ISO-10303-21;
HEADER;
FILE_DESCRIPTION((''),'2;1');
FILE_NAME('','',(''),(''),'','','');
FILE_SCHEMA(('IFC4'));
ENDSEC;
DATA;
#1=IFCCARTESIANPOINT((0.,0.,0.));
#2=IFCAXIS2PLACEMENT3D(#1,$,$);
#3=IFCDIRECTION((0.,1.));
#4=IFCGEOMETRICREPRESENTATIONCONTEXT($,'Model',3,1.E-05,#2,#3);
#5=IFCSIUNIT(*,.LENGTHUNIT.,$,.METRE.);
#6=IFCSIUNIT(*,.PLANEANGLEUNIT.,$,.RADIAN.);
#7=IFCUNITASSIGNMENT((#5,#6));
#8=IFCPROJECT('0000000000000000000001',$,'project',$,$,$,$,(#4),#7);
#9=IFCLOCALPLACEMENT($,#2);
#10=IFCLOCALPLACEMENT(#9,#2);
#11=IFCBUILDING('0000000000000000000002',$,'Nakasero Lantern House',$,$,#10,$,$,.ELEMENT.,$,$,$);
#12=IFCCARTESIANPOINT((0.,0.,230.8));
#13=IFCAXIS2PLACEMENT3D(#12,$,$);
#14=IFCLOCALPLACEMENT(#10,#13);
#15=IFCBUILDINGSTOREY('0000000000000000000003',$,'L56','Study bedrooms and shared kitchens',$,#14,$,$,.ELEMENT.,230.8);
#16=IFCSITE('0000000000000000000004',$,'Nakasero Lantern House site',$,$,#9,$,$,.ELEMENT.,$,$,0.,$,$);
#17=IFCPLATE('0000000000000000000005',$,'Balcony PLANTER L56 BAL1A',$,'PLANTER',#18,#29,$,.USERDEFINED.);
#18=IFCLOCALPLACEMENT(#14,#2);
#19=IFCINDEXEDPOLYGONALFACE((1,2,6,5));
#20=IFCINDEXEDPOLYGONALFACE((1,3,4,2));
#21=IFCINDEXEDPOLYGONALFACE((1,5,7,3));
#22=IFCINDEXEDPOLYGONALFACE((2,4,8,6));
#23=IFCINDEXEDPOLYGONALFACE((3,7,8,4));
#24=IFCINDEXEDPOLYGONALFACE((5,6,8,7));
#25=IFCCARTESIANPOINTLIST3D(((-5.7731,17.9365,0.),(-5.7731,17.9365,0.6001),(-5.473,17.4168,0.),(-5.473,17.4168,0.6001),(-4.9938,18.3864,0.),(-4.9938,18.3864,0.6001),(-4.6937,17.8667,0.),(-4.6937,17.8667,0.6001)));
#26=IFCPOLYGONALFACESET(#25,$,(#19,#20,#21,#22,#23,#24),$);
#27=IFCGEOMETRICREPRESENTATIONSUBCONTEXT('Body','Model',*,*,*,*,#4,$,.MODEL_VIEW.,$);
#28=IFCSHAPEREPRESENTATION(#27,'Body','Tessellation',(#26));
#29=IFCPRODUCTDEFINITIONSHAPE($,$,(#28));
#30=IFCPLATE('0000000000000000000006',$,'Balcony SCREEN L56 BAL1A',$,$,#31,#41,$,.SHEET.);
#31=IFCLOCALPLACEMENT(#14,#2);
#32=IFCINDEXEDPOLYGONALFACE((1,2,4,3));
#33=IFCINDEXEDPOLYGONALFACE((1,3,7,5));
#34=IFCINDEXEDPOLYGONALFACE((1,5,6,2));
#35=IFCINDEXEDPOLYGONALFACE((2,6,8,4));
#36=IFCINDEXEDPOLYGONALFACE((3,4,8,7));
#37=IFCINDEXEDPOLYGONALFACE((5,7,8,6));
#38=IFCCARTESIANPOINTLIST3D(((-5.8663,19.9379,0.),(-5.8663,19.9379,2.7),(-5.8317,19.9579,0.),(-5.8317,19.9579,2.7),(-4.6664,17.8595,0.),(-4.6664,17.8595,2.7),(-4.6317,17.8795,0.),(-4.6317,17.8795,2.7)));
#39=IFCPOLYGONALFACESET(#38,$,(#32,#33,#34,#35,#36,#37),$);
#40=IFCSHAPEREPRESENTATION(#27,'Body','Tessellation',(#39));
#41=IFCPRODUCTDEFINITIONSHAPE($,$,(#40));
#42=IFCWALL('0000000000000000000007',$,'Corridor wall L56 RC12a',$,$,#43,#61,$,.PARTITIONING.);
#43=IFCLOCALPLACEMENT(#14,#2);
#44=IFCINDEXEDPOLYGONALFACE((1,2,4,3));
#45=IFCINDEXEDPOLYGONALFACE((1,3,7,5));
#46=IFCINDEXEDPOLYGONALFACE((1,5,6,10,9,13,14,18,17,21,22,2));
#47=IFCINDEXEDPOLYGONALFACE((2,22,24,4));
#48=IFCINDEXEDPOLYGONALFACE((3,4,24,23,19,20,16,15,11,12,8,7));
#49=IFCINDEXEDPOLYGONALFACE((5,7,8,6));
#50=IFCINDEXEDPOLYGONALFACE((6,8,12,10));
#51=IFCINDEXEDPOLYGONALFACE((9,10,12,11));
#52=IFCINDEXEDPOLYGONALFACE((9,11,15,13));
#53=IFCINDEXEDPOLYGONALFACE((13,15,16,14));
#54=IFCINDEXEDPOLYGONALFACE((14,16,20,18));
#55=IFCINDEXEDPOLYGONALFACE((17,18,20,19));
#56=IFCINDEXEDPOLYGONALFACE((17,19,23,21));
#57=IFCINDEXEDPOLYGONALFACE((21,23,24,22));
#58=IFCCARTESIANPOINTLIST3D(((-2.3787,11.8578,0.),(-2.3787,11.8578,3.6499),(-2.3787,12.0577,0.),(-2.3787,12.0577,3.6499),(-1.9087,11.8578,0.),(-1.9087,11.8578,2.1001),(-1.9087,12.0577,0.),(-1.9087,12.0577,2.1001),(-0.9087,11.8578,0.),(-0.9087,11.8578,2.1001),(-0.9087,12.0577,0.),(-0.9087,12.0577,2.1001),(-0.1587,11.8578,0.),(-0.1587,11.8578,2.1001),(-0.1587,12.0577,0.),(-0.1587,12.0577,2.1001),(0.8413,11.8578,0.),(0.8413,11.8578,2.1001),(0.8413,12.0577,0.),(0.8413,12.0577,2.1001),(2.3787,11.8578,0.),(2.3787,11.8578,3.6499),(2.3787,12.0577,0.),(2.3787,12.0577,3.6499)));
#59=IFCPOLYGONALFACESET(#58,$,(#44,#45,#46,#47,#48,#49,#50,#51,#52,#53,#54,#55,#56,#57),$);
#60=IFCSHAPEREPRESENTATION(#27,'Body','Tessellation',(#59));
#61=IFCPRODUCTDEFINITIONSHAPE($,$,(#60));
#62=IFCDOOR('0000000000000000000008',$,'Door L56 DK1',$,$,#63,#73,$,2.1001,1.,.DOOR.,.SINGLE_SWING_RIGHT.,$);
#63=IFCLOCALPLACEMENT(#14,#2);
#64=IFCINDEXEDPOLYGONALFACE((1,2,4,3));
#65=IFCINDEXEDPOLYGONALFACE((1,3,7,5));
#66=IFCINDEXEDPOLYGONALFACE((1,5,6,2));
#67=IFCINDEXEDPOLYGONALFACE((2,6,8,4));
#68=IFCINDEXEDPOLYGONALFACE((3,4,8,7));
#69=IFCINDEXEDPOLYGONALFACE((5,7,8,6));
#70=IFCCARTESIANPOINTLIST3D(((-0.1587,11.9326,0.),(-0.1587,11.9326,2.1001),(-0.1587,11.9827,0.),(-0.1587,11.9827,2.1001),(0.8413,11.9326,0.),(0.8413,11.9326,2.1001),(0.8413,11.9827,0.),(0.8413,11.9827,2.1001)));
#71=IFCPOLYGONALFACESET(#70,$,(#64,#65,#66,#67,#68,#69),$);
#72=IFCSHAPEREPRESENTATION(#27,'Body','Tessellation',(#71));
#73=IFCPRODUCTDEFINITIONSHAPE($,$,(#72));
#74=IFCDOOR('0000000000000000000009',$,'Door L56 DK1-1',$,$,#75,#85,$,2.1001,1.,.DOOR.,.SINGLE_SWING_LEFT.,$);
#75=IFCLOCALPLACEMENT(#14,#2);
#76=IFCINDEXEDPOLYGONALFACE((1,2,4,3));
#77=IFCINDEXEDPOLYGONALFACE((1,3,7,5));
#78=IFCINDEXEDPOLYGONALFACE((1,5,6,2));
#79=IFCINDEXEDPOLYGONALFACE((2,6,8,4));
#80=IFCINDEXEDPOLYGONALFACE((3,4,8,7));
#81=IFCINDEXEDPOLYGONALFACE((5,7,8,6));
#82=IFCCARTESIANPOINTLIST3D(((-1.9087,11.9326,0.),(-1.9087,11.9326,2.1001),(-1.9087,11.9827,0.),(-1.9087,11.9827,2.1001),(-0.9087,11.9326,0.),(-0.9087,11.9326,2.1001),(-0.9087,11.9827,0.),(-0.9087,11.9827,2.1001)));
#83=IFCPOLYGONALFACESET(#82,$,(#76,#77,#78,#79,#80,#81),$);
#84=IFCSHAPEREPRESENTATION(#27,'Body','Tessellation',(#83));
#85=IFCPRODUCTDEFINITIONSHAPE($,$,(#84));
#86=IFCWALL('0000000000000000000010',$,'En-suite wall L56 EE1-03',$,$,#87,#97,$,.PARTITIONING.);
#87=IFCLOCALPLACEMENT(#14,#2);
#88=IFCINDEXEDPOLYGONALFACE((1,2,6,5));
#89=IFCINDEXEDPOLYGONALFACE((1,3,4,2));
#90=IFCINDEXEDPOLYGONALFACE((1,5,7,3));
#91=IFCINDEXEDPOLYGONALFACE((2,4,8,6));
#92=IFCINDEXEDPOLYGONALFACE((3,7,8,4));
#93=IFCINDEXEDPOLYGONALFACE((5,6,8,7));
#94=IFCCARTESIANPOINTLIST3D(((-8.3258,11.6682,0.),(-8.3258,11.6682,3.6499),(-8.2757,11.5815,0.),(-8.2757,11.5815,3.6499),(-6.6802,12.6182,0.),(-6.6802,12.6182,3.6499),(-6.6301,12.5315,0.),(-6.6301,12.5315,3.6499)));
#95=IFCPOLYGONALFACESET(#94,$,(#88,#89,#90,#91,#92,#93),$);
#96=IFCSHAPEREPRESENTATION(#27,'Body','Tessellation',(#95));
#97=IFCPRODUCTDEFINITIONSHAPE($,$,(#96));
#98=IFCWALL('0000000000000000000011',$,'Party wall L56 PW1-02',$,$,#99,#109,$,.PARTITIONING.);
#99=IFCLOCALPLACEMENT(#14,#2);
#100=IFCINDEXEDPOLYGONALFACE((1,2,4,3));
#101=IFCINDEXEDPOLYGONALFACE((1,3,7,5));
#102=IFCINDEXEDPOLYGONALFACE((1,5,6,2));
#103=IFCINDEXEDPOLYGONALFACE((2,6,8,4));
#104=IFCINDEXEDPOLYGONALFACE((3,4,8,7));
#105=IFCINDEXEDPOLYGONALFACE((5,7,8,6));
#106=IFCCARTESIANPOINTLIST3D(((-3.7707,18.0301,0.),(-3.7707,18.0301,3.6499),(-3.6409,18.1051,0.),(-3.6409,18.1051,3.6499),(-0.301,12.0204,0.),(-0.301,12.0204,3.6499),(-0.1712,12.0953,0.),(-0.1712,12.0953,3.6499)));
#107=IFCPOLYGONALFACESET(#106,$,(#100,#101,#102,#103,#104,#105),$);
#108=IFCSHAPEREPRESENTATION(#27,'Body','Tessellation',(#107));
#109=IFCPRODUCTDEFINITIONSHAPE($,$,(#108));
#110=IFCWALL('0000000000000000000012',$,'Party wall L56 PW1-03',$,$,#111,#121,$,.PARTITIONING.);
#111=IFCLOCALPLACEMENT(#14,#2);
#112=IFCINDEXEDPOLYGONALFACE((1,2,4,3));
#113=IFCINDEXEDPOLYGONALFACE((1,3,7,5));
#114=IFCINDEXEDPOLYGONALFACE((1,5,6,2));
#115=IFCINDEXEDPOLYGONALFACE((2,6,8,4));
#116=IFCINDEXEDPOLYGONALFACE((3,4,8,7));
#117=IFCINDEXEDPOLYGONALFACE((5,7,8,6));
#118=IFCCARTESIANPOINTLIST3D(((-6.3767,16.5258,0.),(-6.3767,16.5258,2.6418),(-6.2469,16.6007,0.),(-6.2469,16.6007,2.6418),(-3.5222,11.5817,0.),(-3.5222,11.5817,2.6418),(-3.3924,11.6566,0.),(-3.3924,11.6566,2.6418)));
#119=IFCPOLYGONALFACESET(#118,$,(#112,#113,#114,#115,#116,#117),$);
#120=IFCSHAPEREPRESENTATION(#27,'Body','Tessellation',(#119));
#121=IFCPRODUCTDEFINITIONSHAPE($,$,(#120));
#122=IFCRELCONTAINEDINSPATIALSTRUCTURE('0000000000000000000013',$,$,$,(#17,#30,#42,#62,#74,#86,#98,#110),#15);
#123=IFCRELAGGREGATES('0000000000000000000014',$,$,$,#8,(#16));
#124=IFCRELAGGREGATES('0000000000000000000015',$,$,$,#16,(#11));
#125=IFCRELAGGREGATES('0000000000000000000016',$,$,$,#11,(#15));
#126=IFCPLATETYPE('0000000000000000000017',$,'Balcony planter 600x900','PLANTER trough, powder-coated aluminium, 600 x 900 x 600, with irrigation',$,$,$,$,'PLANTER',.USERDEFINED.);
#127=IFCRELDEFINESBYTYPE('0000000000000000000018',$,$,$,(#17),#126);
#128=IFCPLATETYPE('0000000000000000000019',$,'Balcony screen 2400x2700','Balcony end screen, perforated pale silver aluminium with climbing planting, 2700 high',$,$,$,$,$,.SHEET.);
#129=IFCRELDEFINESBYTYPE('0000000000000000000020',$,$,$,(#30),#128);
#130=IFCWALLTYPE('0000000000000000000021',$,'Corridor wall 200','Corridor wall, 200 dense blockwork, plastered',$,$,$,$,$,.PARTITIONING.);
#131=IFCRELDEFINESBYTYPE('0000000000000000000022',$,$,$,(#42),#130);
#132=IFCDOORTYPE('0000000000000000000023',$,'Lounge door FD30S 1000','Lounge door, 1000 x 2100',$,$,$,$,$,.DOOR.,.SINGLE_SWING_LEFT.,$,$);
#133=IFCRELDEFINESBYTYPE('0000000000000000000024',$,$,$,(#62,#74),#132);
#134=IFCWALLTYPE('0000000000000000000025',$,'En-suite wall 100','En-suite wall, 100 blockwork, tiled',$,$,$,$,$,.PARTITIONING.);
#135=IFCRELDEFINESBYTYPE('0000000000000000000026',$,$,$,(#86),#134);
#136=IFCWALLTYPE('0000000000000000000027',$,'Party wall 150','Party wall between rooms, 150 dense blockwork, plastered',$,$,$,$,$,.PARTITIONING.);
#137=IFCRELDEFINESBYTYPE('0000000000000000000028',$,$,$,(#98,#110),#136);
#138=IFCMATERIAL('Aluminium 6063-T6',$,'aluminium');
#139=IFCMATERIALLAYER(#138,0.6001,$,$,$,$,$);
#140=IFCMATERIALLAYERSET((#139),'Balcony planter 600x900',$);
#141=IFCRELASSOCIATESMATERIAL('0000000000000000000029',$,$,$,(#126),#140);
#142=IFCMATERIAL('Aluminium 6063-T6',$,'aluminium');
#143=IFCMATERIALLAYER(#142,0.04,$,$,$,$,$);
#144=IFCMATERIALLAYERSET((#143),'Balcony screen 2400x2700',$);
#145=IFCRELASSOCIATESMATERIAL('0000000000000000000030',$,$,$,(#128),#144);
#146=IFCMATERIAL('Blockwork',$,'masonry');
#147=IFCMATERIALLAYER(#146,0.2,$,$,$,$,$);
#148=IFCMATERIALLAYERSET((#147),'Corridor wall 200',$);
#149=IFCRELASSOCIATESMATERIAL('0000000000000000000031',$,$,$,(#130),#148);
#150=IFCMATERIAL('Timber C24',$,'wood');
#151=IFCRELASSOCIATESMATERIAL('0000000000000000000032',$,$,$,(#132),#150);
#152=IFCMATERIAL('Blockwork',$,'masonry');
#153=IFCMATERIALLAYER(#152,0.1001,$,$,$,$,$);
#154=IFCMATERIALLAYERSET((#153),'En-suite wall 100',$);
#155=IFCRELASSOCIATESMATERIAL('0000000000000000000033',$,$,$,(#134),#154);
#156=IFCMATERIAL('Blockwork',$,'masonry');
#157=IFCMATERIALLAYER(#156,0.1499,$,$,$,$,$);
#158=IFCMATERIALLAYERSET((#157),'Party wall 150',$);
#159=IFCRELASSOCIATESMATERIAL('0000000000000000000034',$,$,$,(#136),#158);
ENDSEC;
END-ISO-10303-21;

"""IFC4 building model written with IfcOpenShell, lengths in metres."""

from ifc_helpers import new_model, si_unit, direction, frame, frame_2d, origin, origin_2d, place, context, subcontext, project, spatial, rectangle, extrude, material, layer, layer_set, type_object, element, fill, save


model = new_model("IFC4")

# Units and contexts
model_context = context("Model", 3, precision=1e-05, world=origin(), true_north=direction((0.0, 1.0)))
body_context = subcontext(model_context, "Body", "Model", "MODEL_VIEW")
ifc_project = project(units=[si_unit("LENGTHUNIT", "METRE"), si_unit("PLANEANGLEUNIT", "RADIAN")], contexts=[model_context])

# Site, building, storey
site_placement = place(None, origin())
site = spatial("IfcSite", under=ifc_project, at=site_placement, Name="Nakasero Lantern House site", CompositionType="ELEMENT", RefElevation=0.0)
building_placement = place(site_placement, origin())
building = spatial("IfcBuilding", under=site, at=building_placement, Name="Nakasero Lantern House", CompositionType="ELEMENT")
storey_placement = place(building_placement, frame((0.0, 0.0, 230.8)))
storey = spatial("IfcBuildingStorey", under=building, at=storey_placement, Name="L56", Description="Study bedrooms and shared kitchens", CompositionType="ELEMENT", Elevation=230.8)

# Plates
ifc_material_1 = material(Name="Aluminium 6063-T6", Category="aluminium")
ifc_layer_1 = layer(ifc_material_1, 0.6001)
ifc_layer_set_1 = layer_set([ifc_layer_1], Name="Balcony planter 600x900")
plate_type_1 = type_object("IfcPlateType", Name="Balcony planter 600x900", Description="PLANTER trough, powder-coated aluminium, 600 x 900 x 600, with irrigation", ElementType="PLANTER", PredefinedType="USERDEFINED", material=ifc_layer_set_1)
plate_1_placement = place(storey_placement, frame((-5.2334, 17.9016, 0.0), z_axis=(0.0, 0.0, 1.0), x_axis=(-0.5, 0.866025, 0.0)))
element("IfcPlate", 1, at=plate_1_placement, inside=storey, type_object=plate_type_1, Name="Balcony PLANTER L56 BAL1A", ObjectType="PLANTER", PredefinedType="USERDEFINED", context=body_context, shape_type="SweptSolid", body=[
    extrude(rectangle(XDim=0.6001, YDim=0.8999, at=origin_2d()), origin(), (0.0, 0.0, 1.0), 0.6001),
])
ifc_material_2 = material(Name="Aluminium 6063-T6", Category="aluminium")
ifc_layer_2 = layer(ifc_material_2, 0.04)
ifc_layer_set_2 = layer_set([ifc_layer_2], Name="Balcony screen 2400x2700")
plate_type_2 = type_object("IfcPlateType", Name="Balcony screen 2400x2700", Description="Balcony end screen, perforated pale silver aluminium with climbing planting, 2700 high", PredefinedType="SHEET", material=ifc_layer_set_2)
plate_2_placement = place(storey_placement, frame((-5.249, 18.9087, 0.0), z_axis=(0.0, 0.0, 1.0), x_axis=(-0.5, 0.866025, 0.0)))
element("IfcPlate", 2, at=plate_2_placement, inside=storey, type_object=plate_type_2, Name="Balcony SCREEN L56 BAL1A", PredefinedType="SHEET", context=body_context, shape_type="SweptSolid", body=[
    extrude(rectangle(XDim=2.3999, YDim=0.04, at=origin_2d()), origin(), (0.0, 0.0, 1.0), 2.7),
])

# Wall, openings, doors
ifc_material_3 = material(Name="Blockwork", Category="masonry")
ifc_layer_3 = layer(ifc_material_3, 0.2)
ifc_layer_set_3 = layer_set([ifc_layer_3], Name="Corridor wall 200")
wall_type_1 = type_object("IfcWallType", Name="Corridor wall 200", Description="Corridor wall, 200 dense blockwork, plastered", PredefinedType="PARTITIONING", material=ifc_layer_set_3)
wall_1_placement = place(storey_placement, frame((-2.3787, 11.9578, 0.0), z_axis=(0.0, 0.0, 1.0), x_axis=(1.0, 0.0, 0.0)))
wall_1 = element("IfcWall", 3, at=wall_1_placement, inside=storey, type_object=wall_type_1, Name="Corridor wall L56 RC12a", PredefinedType="PARTITIONING", context=body_context, shape_type="SweptSolid", body=[
    extrude(rectangle(XDim=4.7573, YDim=0.2, at=frame_2d((2.3787, 0.0))), origin(), (0.0, 0.0, 1.0), 3.6499),
])
opening_1_placement = place(wall_1_placement, frame((2.22, 0.0, 0.0)))
opening_1 = element("IfcOpeningElement", 4, at=opening_1_placement, cuts=wall_1, PredefinedType="OPENING", context=body_context, shape_type="SweptSolid", body=[
    extrude(rectangle(XDim=1.0, YDim=2.1001, at=frame_2d((0.5, 1.05))), frame((0.0, 0.1199, 0.0), z_axis=(0.0, -1.0, 0.0), x_axis=(1.0, 0.0, 0.0)), (0.0, 0.0, 1.0), 0.24),
])
opening_2_placement = place(wall_1_placement, frame((0.47, 0.0, 0.0)))
opening_2 = element("IfcOpeningElement", 5, at=opening_2_placement, cuts=wall_1, PredefinedType="OPENING", context=body_context, shape_type="SweptSolid", body=[
    extrude(rectangle(XDim=1.0, YDim=2.1001, at=frame_2d((0.5, 1.05))), frame((0.0, 0.1199, 0.0), z_axis=(0.0, -1.0, 0.0), x_axis=(1.0, 0.0, 0.0)), (0.0, 0.0, 1.0), 0.24),
])
ifc_material_4 = material(Name="Timber C24", Category="wood")
door_type = type_object("IfcDoorType", Name="Lounge door FD30S 1000", Description="Lounge door, 1000 x 2100", OperationType="SINGLE_SWING_LEFT", PredefinedType="DOOR", material=ifc_material_4)
door_1_placement = place(opening_1_placement, origin())
door_1 = element("IfcDoor", 6, at=door_1_placement, inside=storey, type_object=door_type, Name="Door L56 DK1", OperationType="SINGLE_SWING_RIGHT", OverallHeight=2.1001, OverallWidth=1.0, PredefinedType="DOOR", context=body_context, shape_type="SweptSolid", body=[
    extrude(rectangle(XDim=1.0, YDim=2.1001, at=frame_2d((0.5, 1.05))), frame((0.0, 0.0249, 0.0), z_axis=(0.0, -1.0, 0.0), x_axis=(1.0, 0.0, 0.0)), (0.0, 0.0, 1.0), 0.05),
])
fill(opening_1, door_1)
door_2_placement = place(opening_2_placement, origin())
door_2 = element("IfcDoor", 7, at=door_2_placement, inside=storey, type_object=door_type, Name="Door L56 DK1-1", OperationType="SINGLE_SWING_LEFT", OverallHeight=2.1001, OverallWidth=1.0, PredefinedType="DOOR", context=body_context, shape_type="SweptSolid", body=[
    extrude(rectangle(XDim=1.0, YDim=2.1001, at=frame_2d((0.5, 1.05))), frame((0.0, 0.0249, 0.0), z_axis=(0.0, -1.0, 0.0), x_axis=(1.0, 0.0, 0.0)), (0.0, 0.0, 1.0), 0.05),
])
fill(opening_2, door_2)

# Walls
ifc_material_5 = material(Name="Blockwork", Category="masonry")
ifc_layer_4 = layer(ifc_material_5, 0.1001)
ifc_layer_set_4 = layer_set([ifc_layer_4], Name="En-suite wall 100")
wall_type_2 = type_object("IfcWallType", Name="En-suite wall 100", Description="En-suite wall, 100 blockwork, tiled", PredefinedType="PARTITIONING", material=ifc_layer_set_4)
wall_2_placement = place(storey_placement, frame((-6.655, 12.575, 0.0), z_axis=(0.0, 0.0, 1.0), x_axis=(-0.866044, -0.499967, 0.0)))
element("IfcWall", 8, at=wall_2_placement, inside=storey, type_object=wall_type_2, Name="En-suite wall L56 EE1-03", PredefinedType="PARTITIONING", context=body_context, shape_type="SweptSolid", body=[
    extrude(rectangle(XDim=1.9001, YDim=0.1001, at=frame_2d((0.9502, 0.0))), origin(), (0.0, 0.0, 1.0), 3.6499),
])
ifc_material_6 = material(Name="Blockwork", Category="masonry")
ifc_layer_5 = layer(ifc_material_6, 0.1499)
ifc_layer_set_5 = layer_set([ifc_layer_5], Name="Party wall 150")
wall_type_3 = type_object("IfcWallType", Name="Party wall 150", Description="Party wall between rooms, 150 dense blockwork, plastered", PredefinedType="PARTITIONING", material=ifc_layer_set_5)
wall_3_placement = place(storey_placement, frame((-0.2361, 12.0579, 0.0), z_axis=(0.0, 0.0, 1.0), x_axis=(-0.499999, 0.866026, 0.0)))
element("IfcWall", 9, at=wall_3_placement, inside=storey, type_object=wall_type_3, Name="Party wall L56 PW1-02", PredefinedType="PARTITIONING", context=body_context, shape_type="SweptSolid", body=[
    extrude(rectangle(XDim=6.9395, YDim=0.1499, at=frame_2d((3.4697, 0.0))), origin(), (0.0, 0.0, 1.0), 3.6499),
])
wall_4_placement = place(storey_placement, frame((-3.4573, 11.6191, 0.0), z_axis=(0.0, 0.0, 1.0), x_axis=(-0.500003, 0.866024, 0.0)))
element("IfcWall", 10, at=wall_4_placement, inside=storey, type_object=wall_type_3, Name="Party wall L56 PW1-03", PredefinedType="PARTITIONING", context=body_context, shape_type="SweptSolid", body=[
    extrude(rectangle(XDim=5.709, YDim=0.1499, at=frame_2d((2.8545, 0.0))), origin(), (0.0, 0.0, 1.0), 2.6418),
])

save(model, "model.ifc")
